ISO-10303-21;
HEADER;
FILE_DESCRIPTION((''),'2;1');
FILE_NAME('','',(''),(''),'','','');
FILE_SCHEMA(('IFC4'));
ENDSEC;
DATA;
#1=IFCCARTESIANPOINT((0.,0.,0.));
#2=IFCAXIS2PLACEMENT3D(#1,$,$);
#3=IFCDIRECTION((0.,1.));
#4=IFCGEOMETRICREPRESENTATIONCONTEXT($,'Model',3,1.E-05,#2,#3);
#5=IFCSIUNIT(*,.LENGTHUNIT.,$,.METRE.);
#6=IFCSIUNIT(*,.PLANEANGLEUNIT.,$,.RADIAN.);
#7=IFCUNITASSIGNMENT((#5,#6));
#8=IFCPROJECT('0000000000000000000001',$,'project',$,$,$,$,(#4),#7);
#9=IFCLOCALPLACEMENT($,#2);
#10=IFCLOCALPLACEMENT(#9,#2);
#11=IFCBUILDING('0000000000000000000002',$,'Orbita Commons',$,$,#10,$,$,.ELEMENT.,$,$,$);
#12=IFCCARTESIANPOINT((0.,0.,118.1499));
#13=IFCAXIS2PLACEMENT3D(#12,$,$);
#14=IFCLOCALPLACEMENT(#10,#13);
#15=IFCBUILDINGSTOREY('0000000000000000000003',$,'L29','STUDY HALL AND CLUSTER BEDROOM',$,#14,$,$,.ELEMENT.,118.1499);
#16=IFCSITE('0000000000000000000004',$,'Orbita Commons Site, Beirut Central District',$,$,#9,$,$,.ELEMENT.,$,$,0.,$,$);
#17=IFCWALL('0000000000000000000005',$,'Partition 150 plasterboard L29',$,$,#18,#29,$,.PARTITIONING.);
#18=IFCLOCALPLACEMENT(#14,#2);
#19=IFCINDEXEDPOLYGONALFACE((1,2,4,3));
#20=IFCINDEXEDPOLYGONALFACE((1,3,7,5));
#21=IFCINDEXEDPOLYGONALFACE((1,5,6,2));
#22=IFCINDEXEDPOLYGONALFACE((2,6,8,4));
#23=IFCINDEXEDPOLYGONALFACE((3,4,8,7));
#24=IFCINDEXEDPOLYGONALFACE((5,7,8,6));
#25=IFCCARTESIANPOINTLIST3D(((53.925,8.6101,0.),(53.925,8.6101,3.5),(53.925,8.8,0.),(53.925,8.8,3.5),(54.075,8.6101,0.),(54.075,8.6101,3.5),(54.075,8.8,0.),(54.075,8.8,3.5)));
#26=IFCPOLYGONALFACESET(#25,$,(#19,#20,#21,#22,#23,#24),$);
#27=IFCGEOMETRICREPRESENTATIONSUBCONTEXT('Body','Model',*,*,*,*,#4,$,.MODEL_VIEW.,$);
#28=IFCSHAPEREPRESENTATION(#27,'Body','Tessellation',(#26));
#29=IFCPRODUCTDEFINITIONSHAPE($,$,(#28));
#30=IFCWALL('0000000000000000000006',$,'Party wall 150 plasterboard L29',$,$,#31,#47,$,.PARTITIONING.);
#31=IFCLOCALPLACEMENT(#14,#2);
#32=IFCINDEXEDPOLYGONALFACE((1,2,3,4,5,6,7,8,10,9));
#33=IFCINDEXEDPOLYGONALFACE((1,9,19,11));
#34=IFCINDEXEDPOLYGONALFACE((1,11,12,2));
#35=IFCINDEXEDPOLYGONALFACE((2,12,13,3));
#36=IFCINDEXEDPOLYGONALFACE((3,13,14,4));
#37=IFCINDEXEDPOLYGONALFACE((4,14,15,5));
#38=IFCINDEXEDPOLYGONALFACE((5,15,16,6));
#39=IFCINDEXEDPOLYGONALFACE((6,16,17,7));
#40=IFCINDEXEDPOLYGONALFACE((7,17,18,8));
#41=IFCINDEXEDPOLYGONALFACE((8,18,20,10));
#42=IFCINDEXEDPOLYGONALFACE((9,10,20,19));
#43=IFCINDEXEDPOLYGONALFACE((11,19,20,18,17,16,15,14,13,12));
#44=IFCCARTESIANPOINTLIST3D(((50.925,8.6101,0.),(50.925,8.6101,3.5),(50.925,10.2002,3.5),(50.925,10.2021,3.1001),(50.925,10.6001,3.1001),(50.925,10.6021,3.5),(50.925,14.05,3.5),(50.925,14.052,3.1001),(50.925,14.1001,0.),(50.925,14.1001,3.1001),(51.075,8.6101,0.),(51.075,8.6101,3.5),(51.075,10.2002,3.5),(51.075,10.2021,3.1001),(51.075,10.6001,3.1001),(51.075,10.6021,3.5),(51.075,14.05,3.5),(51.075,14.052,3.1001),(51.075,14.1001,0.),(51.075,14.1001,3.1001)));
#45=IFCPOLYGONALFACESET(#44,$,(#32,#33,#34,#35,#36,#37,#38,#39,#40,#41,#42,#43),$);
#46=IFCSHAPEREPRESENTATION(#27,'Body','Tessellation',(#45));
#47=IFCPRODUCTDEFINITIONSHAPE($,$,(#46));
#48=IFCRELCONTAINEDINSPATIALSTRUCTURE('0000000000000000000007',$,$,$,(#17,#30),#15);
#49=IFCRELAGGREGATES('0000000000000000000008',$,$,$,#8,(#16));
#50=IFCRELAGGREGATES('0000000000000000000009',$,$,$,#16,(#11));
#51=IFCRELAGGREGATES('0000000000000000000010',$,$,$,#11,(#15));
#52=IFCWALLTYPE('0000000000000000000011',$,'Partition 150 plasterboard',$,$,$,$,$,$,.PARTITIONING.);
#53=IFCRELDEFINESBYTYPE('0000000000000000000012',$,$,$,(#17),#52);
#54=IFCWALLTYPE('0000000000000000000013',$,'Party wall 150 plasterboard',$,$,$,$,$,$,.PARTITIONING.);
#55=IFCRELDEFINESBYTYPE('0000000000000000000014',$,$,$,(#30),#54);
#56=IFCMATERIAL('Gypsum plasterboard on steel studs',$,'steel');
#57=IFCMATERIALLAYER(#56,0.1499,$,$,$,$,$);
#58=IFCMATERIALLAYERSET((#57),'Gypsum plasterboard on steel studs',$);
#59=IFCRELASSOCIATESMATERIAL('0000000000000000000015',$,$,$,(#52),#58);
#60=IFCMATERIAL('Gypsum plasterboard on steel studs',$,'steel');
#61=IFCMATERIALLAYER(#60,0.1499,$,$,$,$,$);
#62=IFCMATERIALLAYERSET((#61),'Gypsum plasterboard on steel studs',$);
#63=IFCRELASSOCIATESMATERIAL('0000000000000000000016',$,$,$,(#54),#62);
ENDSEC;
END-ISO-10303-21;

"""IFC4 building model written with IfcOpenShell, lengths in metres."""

from ifc_helpers import new_model, si_unit, direction, frame, frame_2d, origin, place, context, subcontext, project, spatial, polyline, rectangle, outline, extrude, material, layer, layer_set, type_object, element, save


model = new_model("IFC4")

# Units and contexts
model_context = context("Model", 3, precision=1e-05, world=origin(), true_north=direction((0.0, 1.0)))
body_context = subcontext(model_context, "Body", "Model", "MODEL_VIEW")
ifc_project = project(units=[si_unit("LENGTHUNIT", "METRE"), si_unit("PLANEANGLEUNIT", "RADIAN")], contexts=[model_context])

# Site, building, storey
site_placement = place(None, origin())
site = spatial("IfcSite", under=ifc_project, at=site_placement, Name="Orbita Commons Site, Beirut Central District", CompositionType="ELEMENT", RefElevation=0.0)
building_placement = place(site_placement, origin())
building = spatial("IfcBuilding", under=site, at=building_placement, Name="Orbita Commons", CompositionType="ELEMENT")
storey_placement = place(building_placement, frame((0.0, 0.0, 118.1499)))
storey = spatial("IfcBuildingStorey", under=building, at=storey_placement, Name="L29", Description="STUDY HALL AND CLUSTER BEDROOM", CompositionType="ELEMENT", Elevation=118.1499)

# Walls
ifc_material_1 = material(Name="Gypsum plasterboard on steel studs", Category="steel")
ifc_layer_1 = layer(ifc_material_1, 0.1499)
ifc_layer_set_1 = layer_set([ifc_layer_1], Name="Gypsum plasterboard on steel studs")
wall_type_1 = type_object("IfcWallType", Name="Partition 150 plasterboard", PredefinedType="PARTITIONING", material=ifc_layer_set_1)
for number, where, z_axis, x_axis, name in (
    (1, (54.0, 8.8, 0.0), (0.0, 0.0, 1.0), (0.0, -1.0, 0.0), "Partition 150 plasterboard L29"),
):
    element("IfcWall", number, at=place(storey_placement, frame(where, z_axis=z_axis, x_axis=x_axis)), inside=storey, type_object=wall_type_1, Name=name, PredefinedType="PARTITIONING", context=body_context, shape_type="SweptSolid", body=[
        extrude(rectangle(XDim=0.1899, YDim=0.1499, at=frame_2d((0.095, 0.0))), origin(), (0.0, 0.0, 1.0), 3.5),
    ])
ifc_material_2 = material(Name="Gypsum plasterboard on steel studs", Category="steel")
ifc_layer_2 = layer(ifc_material_2, 0.1499)
ifc_layer_set_2 = layer_set([ifc_layer_2], Name="Gypsum plasterboard on steel studs")
wall_type_2 = type_object("IfcWallType", Name="Party wall 150 plasterboard", PredefinedType="PARTITIONING", material=ifc_layer_set_2)
wall_placement = place(storey_placement, frame((51.0, 8.6101, 0.0), z_axis=(0.0, 0.0, 1.0), x_axis=(0.0, 1.0, 0.0)))
element("IfcWall", 2, at=wall_placement, inside=storey, type_object=wall_type_2, Name="Party wall 150 plasterboard L29", PredefinedType="PARTITIONING", context=body_context, shape_type="SweptSolid", body=[
    extrude(outline(polyline([(0.0, 0.0), (5.49, 0.0), (5.49, 3.1001), (5.4419, 3.1001), (5.4399, 3.5), (1.9919, 3.5), (1.99, 3.1001), (1.592, 3.1001), (1.5901, 3.5), (0.0, 3.5), (0.0, 0.0)])), frame((0.0, 0.075, 0.0), z_axis=(0.0, -1.0, 0.0), x_axis=(1.0, 0.0, 0.0)), (0.0, 0.0, 1.0), 0.1499),
])

save(model, "model.ifc")
